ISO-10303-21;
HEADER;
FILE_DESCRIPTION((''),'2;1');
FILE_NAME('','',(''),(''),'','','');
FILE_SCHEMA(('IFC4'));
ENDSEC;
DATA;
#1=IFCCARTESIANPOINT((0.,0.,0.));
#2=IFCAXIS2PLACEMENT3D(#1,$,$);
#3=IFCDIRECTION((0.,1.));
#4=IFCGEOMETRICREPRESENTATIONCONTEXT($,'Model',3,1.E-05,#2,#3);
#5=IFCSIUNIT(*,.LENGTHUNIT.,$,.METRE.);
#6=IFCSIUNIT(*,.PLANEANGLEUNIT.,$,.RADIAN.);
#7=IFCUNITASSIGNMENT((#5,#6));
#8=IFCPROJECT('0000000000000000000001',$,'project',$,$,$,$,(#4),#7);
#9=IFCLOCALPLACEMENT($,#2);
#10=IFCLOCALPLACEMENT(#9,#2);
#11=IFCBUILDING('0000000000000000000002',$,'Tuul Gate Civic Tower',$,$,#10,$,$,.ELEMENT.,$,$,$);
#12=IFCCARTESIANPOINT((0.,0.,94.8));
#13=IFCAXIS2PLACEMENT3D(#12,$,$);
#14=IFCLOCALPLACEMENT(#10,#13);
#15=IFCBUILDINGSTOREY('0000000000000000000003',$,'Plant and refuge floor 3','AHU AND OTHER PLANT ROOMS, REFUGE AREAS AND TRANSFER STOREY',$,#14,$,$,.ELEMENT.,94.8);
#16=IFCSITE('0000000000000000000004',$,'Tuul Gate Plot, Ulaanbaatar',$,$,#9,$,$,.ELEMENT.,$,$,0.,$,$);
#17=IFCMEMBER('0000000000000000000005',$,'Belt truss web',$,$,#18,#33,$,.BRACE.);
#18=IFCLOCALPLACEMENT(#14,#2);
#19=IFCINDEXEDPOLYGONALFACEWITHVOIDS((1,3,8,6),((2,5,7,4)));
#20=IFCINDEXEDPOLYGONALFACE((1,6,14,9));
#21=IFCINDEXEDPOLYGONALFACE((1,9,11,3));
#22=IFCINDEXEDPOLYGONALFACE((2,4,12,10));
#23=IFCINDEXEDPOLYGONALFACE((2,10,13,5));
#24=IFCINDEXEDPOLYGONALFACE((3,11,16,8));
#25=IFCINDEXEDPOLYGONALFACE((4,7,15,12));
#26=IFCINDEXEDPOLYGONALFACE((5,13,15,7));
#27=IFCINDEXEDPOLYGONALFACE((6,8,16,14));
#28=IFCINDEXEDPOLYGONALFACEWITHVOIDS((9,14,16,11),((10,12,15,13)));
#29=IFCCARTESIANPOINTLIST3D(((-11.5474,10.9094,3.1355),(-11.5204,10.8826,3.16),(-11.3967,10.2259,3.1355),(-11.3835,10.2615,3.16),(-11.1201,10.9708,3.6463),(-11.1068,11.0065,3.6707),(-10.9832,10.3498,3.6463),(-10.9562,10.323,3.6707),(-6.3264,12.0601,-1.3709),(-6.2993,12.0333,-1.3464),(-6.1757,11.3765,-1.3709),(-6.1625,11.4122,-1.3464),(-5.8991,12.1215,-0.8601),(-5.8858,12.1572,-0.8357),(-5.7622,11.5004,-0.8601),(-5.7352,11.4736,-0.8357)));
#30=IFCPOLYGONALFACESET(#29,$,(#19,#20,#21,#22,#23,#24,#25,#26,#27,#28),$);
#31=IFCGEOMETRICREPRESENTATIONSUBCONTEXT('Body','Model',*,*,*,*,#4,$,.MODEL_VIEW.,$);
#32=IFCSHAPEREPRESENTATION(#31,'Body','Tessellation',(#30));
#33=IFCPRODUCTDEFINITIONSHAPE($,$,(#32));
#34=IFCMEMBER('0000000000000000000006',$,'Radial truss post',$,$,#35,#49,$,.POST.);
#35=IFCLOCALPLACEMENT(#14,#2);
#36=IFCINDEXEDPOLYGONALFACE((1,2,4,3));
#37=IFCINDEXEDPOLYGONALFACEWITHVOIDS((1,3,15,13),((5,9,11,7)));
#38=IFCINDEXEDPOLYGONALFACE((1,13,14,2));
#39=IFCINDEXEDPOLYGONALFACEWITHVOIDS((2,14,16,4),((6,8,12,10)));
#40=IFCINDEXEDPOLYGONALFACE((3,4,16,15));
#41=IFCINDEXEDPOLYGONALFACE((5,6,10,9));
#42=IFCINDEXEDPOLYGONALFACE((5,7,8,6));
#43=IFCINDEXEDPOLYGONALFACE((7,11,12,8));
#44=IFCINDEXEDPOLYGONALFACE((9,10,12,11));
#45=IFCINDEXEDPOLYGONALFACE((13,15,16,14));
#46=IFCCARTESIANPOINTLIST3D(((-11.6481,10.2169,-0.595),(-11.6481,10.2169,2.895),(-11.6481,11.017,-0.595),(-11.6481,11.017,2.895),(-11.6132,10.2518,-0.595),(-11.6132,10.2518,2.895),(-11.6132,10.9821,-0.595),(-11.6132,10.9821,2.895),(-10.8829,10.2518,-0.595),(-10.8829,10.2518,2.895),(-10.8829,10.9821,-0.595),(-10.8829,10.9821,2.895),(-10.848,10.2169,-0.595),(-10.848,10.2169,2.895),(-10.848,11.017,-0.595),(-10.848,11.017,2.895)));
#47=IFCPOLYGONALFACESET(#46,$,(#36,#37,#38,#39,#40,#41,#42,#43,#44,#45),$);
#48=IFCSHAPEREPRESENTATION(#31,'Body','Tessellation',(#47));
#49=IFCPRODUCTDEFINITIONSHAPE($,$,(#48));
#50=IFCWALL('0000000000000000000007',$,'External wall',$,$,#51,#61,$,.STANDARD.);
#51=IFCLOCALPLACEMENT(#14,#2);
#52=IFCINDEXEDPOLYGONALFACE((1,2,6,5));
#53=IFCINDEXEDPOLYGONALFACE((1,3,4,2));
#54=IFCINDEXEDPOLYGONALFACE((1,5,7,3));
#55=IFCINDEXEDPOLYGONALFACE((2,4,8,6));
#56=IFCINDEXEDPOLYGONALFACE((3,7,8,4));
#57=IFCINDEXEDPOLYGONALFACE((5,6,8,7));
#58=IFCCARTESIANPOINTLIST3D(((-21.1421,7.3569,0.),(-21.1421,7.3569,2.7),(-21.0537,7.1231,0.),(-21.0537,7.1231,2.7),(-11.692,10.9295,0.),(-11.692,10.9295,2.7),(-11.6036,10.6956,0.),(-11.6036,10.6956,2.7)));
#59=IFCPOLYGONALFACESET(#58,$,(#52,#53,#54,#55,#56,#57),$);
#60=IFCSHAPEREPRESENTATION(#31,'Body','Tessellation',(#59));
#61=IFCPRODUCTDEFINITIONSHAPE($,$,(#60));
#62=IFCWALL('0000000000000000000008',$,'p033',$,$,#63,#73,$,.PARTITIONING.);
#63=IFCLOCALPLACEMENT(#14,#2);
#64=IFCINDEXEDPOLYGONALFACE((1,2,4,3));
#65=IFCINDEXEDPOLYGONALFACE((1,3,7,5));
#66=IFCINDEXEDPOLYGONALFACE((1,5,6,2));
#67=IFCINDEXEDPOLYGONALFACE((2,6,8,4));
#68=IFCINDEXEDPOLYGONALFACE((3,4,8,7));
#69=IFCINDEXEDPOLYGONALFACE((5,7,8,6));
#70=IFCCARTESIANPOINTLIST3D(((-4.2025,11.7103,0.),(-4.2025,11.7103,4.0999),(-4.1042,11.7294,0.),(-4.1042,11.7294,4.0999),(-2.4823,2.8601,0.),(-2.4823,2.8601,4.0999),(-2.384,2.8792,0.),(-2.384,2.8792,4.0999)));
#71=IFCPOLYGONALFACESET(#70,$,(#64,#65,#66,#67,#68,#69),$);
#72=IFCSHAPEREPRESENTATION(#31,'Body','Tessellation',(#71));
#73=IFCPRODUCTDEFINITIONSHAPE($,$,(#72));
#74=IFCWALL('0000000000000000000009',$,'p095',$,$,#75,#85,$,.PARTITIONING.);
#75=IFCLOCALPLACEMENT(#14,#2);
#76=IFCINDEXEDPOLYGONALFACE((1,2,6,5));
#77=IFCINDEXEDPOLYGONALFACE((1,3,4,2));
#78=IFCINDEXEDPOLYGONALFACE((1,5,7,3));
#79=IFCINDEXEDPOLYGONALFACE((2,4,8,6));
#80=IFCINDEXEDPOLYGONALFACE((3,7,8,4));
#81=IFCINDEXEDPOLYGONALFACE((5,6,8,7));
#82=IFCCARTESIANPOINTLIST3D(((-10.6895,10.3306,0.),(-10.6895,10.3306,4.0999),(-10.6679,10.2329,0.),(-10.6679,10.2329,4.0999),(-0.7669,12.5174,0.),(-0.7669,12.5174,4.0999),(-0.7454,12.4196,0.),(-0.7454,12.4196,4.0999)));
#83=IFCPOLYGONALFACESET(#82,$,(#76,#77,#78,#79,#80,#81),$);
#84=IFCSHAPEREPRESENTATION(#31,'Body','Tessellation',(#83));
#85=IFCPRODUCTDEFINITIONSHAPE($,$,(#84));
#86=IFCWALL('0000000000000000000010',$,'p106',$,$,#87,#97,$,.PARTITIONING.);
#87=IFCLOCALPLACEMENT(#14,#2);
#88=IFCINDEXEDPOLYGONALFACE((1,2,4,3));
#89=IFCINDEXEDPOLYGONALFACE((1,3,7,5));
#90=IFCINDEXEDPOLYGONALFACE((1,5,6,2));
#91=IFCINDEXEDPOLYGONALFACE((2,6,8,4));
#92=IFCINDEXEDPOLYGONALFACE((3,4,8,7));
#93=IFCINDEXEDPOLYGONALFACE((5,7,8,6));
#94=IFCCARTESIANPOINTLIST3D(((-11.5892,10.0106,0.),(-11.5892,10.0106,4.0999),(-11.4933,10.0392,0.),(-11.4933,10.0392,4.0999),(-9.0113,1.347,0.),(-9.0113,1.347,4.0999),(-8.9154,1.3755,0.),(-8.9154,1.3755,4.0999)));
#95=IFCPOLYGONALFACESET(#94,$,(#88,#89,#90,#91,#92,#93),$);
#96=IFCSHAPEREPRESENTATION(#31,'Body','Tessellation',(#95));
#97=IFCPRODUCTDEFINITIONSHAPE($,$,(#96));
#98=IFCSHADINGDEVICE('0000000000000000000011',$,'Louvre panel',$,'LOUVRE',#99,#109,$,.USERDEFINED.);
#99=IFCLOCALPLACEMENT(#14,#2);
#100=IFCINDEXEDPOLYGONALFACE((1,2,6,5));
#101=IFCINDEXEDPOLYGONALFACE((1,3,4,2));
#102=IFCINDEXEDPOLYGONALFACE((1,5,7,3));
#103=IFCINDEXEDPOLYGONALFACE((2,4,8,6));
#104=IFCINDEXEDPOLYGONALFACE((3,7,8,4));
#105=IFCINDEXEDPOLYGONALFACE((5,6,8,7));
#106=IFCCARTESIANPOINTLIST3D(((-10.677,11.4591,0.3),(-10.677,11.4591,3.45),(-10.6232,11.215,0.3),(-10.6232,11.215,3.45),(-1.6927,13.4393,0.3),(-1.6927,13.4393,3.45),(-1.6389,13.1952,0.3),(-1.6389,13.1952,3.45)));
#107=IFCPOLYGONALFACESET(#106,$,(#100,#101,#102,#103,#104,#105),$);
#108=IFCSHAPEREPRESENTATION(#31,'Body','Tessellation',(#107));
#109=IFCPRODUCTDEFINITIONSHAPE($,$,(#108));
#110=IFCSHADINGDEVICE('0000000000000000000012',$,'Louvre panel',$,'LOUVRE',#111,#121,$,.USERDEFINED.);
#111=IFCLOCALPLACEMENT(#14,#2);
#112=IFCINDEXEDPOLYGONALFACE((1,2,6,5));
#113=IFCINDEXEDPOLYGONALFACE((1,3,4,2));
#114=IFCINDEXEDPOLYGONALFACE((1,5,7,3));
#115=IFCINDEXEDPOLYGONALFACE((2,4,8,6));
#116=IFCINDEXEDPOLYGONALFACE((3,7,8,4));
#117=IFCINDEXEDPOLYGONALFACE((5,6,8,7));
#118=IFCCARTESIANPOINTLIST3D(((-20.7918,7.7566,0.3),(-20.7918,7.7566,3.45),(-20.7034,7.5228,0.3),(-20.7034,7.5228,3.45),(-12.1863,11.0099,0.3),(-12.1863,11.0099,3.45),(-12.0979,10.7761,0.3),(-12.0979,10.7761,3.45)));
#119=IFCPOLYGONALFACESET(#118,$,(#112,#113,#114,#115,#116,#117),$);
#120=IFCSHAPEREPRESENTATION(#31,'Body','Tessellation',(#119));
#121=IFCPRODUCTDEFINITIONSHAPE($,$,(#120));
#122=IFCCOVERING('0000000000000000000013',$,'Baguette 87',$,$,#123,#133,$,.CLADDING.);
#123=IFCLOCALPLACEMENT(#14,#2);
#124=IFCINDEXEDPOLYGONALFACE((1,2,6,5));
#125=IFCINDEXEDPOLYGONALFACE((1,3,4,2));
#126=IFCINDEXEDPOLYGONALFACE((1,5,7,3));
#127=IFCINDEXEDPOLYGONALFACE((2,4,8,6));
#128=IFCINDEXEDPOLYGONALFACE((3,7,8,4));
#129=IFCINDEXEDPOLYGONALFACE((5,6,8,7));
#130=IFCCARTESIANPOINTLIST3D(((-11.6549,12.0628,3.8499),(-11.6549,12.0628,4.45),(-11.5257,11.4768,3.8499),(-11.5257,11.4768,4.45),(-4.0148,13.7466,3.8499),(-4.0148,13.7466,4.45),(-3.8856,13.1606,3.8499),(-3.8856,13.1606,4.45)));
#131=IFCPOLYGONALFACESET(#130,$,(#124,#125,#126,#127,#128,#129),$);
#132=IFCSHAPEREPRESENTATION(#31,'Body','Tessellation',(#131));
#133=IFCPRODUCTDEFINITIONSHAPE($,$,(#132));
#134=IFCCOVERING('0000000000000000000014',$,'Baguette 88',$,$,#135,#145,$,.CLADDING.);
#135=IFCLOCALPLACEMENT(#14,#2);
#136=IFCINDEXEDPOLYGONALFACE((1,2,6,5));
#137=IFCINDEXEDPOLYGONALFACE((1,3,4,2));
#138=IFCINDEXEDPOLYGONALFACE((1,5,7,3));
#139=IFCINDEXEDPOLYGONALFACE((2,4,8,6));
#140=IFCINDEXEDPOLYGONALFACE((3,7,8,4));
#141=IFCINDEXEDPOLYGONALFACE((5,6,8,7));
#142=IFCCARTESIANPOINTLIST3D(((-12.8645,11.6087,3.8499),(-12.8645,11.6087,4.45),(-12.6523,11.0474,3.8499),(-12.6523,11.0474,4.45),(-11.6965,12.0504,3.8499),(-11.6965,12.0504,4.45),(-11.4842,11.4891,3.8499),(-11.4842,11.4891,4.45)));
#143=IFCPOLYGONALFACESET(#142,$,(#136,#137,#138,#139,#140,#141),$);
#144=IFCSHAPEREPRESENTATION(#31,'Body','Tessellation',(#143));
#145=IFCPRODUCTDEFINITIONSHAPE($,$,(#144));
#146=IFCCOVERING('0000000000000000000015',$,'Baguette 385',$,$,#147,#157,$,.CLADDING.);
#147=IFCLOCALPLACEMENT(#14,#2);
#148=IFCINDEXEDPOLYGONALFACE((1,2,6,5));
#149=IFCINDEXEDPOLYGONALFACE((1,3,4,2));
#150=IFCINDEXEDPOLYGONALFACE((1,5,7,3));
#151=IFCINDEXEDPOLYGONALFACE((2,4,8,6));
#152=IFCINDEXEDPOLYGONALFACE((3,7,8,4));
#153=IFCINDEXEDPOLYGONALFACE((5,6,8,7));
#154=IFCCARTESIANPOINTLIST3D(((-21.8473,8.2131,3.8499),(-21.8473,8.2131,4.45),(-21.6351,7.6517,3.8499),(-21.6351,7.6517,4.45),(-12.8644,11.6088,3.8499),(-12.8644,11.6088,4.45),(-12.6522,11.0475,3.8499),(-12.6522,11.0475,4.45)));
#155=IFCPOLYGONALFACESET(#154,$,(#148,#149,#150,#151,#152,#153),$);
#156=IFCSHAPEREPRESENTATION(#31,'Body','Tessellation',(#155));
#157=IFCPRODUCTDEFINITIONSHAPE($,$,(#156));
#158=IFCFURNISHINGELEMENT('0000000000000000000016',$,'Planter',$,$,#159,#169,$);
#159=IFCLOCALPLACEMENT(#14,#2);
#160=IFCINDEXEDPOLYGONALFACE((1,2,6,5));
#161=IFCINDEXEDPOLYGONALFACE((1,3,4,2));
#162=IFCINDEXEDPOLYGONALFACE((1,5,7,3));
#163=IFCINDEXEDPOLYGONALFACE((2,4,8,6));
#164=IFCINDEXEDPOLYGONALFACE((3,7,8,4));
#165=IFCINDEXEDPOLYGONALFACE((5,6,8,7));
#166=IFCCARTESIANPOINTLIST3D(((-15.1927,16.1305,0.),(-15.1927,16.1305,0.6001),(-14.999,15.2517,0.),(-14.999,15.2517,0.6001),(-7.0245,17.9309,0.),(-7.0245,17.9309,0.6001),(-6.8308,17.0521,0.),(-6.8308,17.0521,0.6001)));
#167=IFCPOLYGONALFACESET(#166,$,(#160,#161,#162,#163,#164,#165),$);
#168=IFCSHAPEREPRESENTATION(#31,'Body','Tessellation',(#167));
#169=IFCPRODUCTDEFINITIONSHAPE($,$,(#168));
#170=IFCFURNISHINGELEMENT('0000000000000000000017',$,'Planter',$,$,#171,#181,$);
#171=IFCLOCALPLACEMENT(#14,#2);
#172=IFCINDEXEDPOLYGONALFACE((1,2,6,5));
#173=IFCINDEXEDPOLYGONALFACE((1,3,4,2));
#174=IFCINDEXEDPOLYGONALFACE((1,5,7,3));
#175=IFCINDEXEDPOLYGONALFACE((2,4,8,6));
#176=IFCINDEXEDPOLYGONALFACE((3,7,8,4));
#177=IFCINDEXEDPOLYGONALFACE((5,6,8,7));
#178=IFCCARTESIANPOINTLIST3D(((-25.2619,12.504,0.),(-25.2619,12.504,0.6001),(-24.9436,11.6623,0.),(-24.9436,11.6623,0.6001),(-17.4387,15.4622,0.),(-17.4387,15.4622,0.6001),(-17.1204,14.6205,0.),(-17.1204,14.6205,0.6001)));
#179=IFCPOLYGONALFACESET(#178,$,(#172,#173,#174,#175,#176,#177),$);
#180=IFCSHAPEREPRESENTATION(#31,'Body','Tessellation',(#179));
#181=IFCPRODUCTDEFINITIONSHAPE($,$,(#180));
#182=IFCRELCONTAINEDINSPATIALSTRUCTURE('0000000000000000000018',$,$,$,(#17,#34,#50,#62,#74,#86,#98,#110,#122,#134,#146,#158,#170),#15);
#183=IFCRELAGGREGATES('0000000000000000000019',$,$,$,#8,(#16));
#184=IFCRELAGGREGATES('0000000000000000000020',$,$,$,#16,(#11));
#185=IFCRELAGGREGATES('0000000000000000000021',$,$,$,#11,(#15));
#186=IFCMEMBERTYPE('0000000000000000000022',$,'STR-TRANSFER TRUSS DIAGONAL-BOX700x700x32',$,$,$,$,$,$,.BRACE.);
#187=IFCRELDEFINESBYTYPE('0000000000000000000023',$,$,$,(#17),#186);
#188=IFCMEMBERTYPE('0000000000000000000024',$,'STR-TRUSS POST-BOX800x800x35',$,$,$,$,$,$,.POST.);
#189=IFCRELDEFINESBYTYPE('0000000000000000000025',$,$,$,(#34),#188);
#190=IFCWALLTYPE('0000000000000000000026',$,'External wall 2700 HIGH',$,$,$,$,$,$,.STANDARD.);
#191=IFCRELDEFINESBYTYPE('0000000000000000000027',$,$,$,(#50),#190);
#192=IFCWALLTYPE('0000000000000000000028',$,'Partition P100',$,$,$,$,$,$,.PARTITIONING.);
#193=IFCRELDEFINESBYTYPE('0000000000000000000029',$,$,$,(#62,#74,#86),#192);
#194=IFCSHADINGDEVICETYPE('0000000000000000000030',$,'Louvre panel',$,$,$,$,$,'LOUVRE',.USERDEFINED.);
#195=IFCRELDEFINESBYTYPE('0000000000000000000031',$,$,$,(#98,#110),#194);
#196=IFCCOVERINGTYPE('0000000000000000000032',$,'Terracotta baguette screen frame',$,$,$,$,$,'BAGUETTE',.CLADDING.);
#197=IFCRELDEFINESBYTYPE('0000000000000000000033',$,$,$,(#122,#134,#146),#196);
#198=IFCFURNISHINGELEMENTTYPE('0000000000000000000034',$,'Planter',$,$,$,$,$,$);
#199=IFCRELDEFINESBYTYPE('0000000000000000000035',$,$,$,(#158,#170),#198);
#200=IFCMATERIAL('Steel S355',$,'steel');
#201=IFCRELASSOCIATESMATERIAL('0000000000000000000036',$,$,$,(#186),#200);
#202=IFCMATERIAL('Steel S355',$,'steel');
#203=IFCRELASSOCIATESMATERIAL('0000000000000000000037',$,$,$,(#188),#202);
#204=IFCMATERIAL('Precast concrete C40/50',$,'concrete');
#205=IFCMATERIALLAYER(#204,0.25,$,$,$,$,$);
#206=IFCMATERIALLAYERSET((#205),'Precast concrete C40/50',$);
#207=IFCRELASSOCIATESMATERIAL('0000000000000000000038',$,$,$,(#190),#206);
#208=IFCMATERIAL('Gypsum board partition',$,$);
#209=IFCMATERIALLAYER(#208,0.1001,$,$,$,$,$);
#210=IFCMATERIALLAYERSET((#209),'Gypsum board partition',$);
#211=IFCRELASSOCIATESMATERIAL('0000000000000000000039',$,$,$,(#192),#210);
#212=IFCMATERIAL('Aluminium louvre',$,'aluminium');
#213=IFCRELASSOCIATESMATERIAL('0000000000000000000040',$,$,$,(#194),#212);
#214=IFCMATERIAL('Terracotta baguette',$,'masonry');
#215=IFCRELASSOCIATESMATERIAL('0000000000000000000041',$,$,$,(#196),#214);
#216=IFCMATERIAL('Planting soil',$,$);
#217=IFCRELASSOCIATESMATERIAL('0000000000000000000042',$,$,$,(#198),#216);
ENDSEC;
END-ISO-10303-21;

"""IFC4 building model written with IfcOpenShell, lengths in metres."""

from ifc_helpers import new_model, si_unit, direction, frame, frame_2d, origin, origin_2d, place, context, subcontext, project, spatial, rectangle, hollow_rectangle, extrude, material, layer, layer_set, material_profile, profile_set, type_object, element, save


model = new_model("IFC4")

# Units and contexts
model_context = context("Model", 3, precision=1e-05, world=origin(), true_north=direction((0.0, 1.0)))
body_context = subcontext(model_context, "Body", "Model", "MODEL_VIEW")
ifc_project = project(units=[si_unit("LENGTHUNIT", "METRE"), si_unit("PLANEANGLEUNIT", "RADIAN")], contexts=[model_context])

# Site, building, storey
site_placement = place(None, origin())
site = spatial("IfcSite", under=ifc_project, at=site_placement, Name="Tuul Gate Plot, Ulaanbaatar", CompositionType="ELEMENT", RefElevation=0.0)
building_placement = place(site_placement, origin())
building = spatial("IfcBuilding", under=site, at=building_placement, Name="Tuul Gate Civic Tower", CompositionType="ELEMENT")
storey_placement = place(building_placement, frame((0.0, 0.0, 94.8)))
storey = spatial("IfcBuildingStorey", under=building, at=storey_placement, Name="Plant and refuge floor 3", Description="AHU AND OTHER PLANT ROOMS, REFUGE AREAS AND TRANSFER STOREY", CompositionType="ELEMENT", Elevation=94.8)

# Members
ifc_material_1 = material(Name="Steel S355", Category="steel")
ifc_material_profile_1 = material_profile(ifc_material_1, hollow_rectangle(XDim=0.7, YDim=0.7, WallThickness=0.032, at=origin_2d()), Name="BOX700x700x32")
ifc_profile_set_1 = profile_set([ifc_material_profile_1], Name="Steel S355")
member_type_1 = type_object("IfcMemberType", Name="STR-TRANSFER TRUSS DIAGONAL-BOX700x700x32", PredefinedType="BRACE", material=ifc_profile_set_1)
for number, where, z_axis, x_axis, name in (
    (1, (-6.0308, 11.7668, -1.1033), (-0.746693, -0.164562, 0.644492), (0.215223, -0.976565, 0.0), "Belt truss web"),
):
    element("IfcMember", number, at=place(storey_placement, frame(where, z_axis=z_axis, x_axis=x_axis)), inside=storey, type_object=member_type_1, Name=name, PredefinedType="BRACE", context=body_context, shape_type="SweptSolid", body=[
        extrude(hollow_rectangle(XDim=0.7, YDim=0.7, WallThickness=0.032, at=origin_2d()), origin(), (0.0, 0.0, 1.0), 6.9922),
    ])
ifc_material_2 = material(Name="Steel S355", Category="steel")
ifc_material_profile_2 = material_profile(ifc_material_2, hollow_rectangle(XDim=0.8, YDim=0.8, WallThickness=0.0349, at=origin_2d()), Name="BOX800x800x35")
ifc_profile_set_2 = profile_set([ifc_material_profile_2], Name="Steel S355")
member_type_2 = type_object("IfcMemberType", Name="STR-TRUSS POST-BOX800x800x35", PredefinedType="POST", material=ifc_profile_set_2)
member_1_placement = place(storey_placement, frame((-11.248, 10.6169, -0.595), z_axis=(0.0, 0.0, 1.0), x_axis=(1.0, 0.0, 0.0)))
element("IfcMember", 2, at=member_1_placement, inside=storey, type_object=member_type_2, Name="Radial truss post", PredefinedType="POST", context=body_context, shape_type="SweptSolid", body=[
    extrude(hollow_rectangle(XDim=0.8, YDim=0.8, WallThickness=0.0349, at=origin_2d()), origin(), (0.0, 0.0, 1.0), 3.49),
])

# Walls
ifc_material_3 = material(Name="Precast concrete C40/50", Category="concrete")
ifc_layer_1 = layer(ifc_material_3, 0.25)
ifc_layer_set_1 = layer_set([ifc_layer_1], Name="Precast concrete C40/50")
wall_type_1 = type_object("IfcWallType", Name="External wall 2700 HIGH", PredefinedType="STANDARD", material=ifc_layer_set_1)
wall_1_placement = place(storey_placement, frame((-11.6479, 10.8125, 0.0), z_axis=(0.0, 0.0, 1.0), x_axis=(-0.935389, -0.35362, 0.0)))
element("IfcWall", 3, at=wall_1_placement, inside=storey, type_object=wall_type_1, Name="External wall", PredefinedType="STANDARD", context=body_context, shape_type="SweptSolid", body=[
    extrude(rectangle(XDim=10.1028, YDim=0.25, at=frame_2d((5.0513, 0.0))), origin(), (0.0, 0.0, 1.0), 2.7),
])
ifc_material_4 = material(Name="Gypsum board partition")
ifc_layer_2 = layer(ifc_material_4, 0.1001)
ifc_layer_set_2 = layer_set([ifc_layer_2], Name="Gypsum board partition")
wall_type_2 = type_object("IfcWallType", Name="Partition P100", PredefinedType="PARTITIONING", material=ifc_layer_set_2)
wall_2_placement = place(storey_placement, frame((-4.1533, 11.7197, 0.0), z_axis=(0.0, 0.0, 1.0), x_axis=(0.190796, -0.98163, 0.0)))
element("IfcWall", 4, at=wall_2_placement, inside=storey, type_object=wall_type_2, Name="p033", PredefinedType="PARTITIONING", context=body_context, shape_type="SweptSolid", body=[
    extrude(rectangle(XDim=9.0159, YDim=0.1001, at=frame_2d((4.5078, 0.0))), origin(), (0.0, 0.0, 1.0), 4.0999),
])
wall_3_placement = place(storey_placement, frame((-10.6787, 10.2817, 0.0), z_axis=(0.0, 0.0, 1.0), x_axis=(0.976566, 0.215218, 0.0)))
element("IfcWall", 5, at=wall_3_placement, inside=storey, type_object=wall_type_2, Name="p095", PredefinedType="PARTITIONING", context=body_context, shape_type="SweptSolid", body=[
    extrude(rectangle(XDim=10.1606, YDim=0.1001, at=frame_2d((5.0803, 0.0))), origin(), (0.0, 0.0, 1.0), 4.0999),
])
wall_4_placement = place(storey_placement, frame((-11.5413, 10.0249, 0.0), z_axis=(0.0, 0.0, 1.0), x_axis=(0.285196, -0.958469, 0.0)))
element("IfcWall", 6, at=wall_4_placement, inside=storey, type_object=wall_type_2, Name="p106", PredefinedType="PARTITIONING", context=body_context, shape_type="SweptSolid", body=[
    extrude(rectangle(XDim=9.0391, YDim=0.1001, at=frame_2d((4.5195, 0.0))), origin(), (0.0, 0.0, 1.0), 4.0999),
])

# Shading devices
ifc_material_5 = material(Name="Aluminium louvre", Category="aluminium")
shading_device_type = type_object("IfcShadingDeviceType", Name="Louvre panel", ElementType="LOUVRE", PredefinedType="USERDEFINED", material=ifc_material_5)
for number, where, z_axis, x_axis, name in (
    (7, (-6.158, 12.3271, 0.3), (0.0, 0.0, 1.0), (-0.215235, 0.976562, 0.0), "Louvre panel"),
    (8, (-16.4448, 9.2664, 0.3), (0.0, 0.0, 1.0), (-0.353621, 0.935389, 0.0), "Louvre panel"),
):
    element("IfcShadingDevice", number, at=place(storey_placement, frame(where, z_axis=z_axis, x_axis=x_axis)), inside=storey, type_object=shading_device_type, Name=name, ObjectType="LOUVRE", PredefinedType="USERDEFINED", context=body_context, shape_type="SweptSolid", body=[
        extrude(rectangle(XDim=0.25, YDim=9.2, at=origin_2d()), origin(), (0.0, 0.0, 1.0), 3.1499),
    ])

# Coverings
ifc_material_6 = material(Name="Terracotta baguette", Category="masonry")
ifc_material_profile_3 = material_profile(ifc_material_6, rectangle(XDim=0.6001, YDim=0.6001, at=origin_2d()), Name="Terracotta baguette screen frame")
ifc_profile_set_3 = profile_set([ifc_material_profile_3], Name="Terracotta baguette")
covering_type = type_object("IfcCoveringType", Name="Terracotta baguette screen frame", ElementType="BAGUETTE", PredefinedType="CLADDING", material=ifc_profile_set_3)
covering_1_placement = place(storey_placement, frame((-3.9502, 13.4536, 4.1499), z_axis=(-0.976564, -0.215228, 0.0), x_axis=(0.215228, -0.976564, 0.0)))
element("IfcCovering", 9, at=covering_1_placement, inside=storey, type_object=covering_type, Name="Baguette 87", PredefinedType="CLADDING", context=body_context, shape_type="SweptSolid", body=[
    extrude(rectangle(XDim=0.6001, YDim=0.6001, at=origin_2d()), origin(), (0.0, 0.0, 1.0), 7.8235),
])
covering_2_placement = place(storey_placement, frame((-11.5903, 11.7698, 4.1499), z_axis=(-0.935361, -0.353693, 0.0), x_axis=(0.353693, -0.935361, 0.0)))
element("IfcCovering", 10, at=covering_2_placement, inside=storey, type_object=covering_type, Name="Baguette 88", PredefinedType="CLADDING", context=body_context, shape_type="SweptSolid", body=[
    extrude(rectangle(XDim=0.6001, YDim=0.6001, at=origin_2d()), origin(), (0.0, 0.0, 1.0), 1.2488),
])
covering_3_placement = place(storey_placement, frame((-12.7583, 11.3281, 4.1499), z_axis=(-0.935396, -0.353602, 0.0), x_axis=(0.353602, -0.935396, 0.0)))
element("IfcCovering", 11, at=covering_3_placement, inside=storey, type_object=covering_type, Name="Baguette 385", PredefinedType="CLADDING", context=body_context, shape_type="SweptSolid", body=[
    extrude(rectangle(XDim=0.6001, YDim=0.6001, at=origin_2d()), origin(), (0.0, 0.0, 1.0), 9.6033),
])

# Furnishing elements
ifc_material_7 = material(Name="Planting soil")
furnishing_element_type = type_object("IfcFurnishingElementType", Name="Planter", material=ifc_material_7)
furnishing_1_placement = place(storey_placement, frame((-11.0117, 16.5913, 0.0), z_axis=(0.0, 0.0, 1.0), x_axis=(-0.976559, -0.215248, 0.0)))
element("IfcFurnishingElement", 12, at=furnishing_1_placement, inside=storey, type_object=furnishing_element_type, Name="Planter", context=body_context, shape_type="SweptSolid", body=[
    extrude(rectangle(XDim=8.3643, YDim=0.8999, at=origin_2d()), origin(), (0.0, 0.0, 1.0), 0.6001),
])
furnishing_2_placement = place(storey_placement, frame((-21.1912, 13.5623, 0.0), z_axis=(0.0, 0.0, 1.0), x_axis=(-0.935364, -0.353688, 0.0)))
element("IfcFurnishingElement", 13, at=furnishing_2_placement, inside=storey, type_object=furnishing_element_type, Name="Planter", context=body_context, shape_type="SweptSolid", body=[
    extrude(rectangle(XDim=8.3638, YDim=0.8999, at=origin_2d()), origin(), (0.0, 0.0, 1.0), 0.6001),
])

save(model, "model.ifc")
